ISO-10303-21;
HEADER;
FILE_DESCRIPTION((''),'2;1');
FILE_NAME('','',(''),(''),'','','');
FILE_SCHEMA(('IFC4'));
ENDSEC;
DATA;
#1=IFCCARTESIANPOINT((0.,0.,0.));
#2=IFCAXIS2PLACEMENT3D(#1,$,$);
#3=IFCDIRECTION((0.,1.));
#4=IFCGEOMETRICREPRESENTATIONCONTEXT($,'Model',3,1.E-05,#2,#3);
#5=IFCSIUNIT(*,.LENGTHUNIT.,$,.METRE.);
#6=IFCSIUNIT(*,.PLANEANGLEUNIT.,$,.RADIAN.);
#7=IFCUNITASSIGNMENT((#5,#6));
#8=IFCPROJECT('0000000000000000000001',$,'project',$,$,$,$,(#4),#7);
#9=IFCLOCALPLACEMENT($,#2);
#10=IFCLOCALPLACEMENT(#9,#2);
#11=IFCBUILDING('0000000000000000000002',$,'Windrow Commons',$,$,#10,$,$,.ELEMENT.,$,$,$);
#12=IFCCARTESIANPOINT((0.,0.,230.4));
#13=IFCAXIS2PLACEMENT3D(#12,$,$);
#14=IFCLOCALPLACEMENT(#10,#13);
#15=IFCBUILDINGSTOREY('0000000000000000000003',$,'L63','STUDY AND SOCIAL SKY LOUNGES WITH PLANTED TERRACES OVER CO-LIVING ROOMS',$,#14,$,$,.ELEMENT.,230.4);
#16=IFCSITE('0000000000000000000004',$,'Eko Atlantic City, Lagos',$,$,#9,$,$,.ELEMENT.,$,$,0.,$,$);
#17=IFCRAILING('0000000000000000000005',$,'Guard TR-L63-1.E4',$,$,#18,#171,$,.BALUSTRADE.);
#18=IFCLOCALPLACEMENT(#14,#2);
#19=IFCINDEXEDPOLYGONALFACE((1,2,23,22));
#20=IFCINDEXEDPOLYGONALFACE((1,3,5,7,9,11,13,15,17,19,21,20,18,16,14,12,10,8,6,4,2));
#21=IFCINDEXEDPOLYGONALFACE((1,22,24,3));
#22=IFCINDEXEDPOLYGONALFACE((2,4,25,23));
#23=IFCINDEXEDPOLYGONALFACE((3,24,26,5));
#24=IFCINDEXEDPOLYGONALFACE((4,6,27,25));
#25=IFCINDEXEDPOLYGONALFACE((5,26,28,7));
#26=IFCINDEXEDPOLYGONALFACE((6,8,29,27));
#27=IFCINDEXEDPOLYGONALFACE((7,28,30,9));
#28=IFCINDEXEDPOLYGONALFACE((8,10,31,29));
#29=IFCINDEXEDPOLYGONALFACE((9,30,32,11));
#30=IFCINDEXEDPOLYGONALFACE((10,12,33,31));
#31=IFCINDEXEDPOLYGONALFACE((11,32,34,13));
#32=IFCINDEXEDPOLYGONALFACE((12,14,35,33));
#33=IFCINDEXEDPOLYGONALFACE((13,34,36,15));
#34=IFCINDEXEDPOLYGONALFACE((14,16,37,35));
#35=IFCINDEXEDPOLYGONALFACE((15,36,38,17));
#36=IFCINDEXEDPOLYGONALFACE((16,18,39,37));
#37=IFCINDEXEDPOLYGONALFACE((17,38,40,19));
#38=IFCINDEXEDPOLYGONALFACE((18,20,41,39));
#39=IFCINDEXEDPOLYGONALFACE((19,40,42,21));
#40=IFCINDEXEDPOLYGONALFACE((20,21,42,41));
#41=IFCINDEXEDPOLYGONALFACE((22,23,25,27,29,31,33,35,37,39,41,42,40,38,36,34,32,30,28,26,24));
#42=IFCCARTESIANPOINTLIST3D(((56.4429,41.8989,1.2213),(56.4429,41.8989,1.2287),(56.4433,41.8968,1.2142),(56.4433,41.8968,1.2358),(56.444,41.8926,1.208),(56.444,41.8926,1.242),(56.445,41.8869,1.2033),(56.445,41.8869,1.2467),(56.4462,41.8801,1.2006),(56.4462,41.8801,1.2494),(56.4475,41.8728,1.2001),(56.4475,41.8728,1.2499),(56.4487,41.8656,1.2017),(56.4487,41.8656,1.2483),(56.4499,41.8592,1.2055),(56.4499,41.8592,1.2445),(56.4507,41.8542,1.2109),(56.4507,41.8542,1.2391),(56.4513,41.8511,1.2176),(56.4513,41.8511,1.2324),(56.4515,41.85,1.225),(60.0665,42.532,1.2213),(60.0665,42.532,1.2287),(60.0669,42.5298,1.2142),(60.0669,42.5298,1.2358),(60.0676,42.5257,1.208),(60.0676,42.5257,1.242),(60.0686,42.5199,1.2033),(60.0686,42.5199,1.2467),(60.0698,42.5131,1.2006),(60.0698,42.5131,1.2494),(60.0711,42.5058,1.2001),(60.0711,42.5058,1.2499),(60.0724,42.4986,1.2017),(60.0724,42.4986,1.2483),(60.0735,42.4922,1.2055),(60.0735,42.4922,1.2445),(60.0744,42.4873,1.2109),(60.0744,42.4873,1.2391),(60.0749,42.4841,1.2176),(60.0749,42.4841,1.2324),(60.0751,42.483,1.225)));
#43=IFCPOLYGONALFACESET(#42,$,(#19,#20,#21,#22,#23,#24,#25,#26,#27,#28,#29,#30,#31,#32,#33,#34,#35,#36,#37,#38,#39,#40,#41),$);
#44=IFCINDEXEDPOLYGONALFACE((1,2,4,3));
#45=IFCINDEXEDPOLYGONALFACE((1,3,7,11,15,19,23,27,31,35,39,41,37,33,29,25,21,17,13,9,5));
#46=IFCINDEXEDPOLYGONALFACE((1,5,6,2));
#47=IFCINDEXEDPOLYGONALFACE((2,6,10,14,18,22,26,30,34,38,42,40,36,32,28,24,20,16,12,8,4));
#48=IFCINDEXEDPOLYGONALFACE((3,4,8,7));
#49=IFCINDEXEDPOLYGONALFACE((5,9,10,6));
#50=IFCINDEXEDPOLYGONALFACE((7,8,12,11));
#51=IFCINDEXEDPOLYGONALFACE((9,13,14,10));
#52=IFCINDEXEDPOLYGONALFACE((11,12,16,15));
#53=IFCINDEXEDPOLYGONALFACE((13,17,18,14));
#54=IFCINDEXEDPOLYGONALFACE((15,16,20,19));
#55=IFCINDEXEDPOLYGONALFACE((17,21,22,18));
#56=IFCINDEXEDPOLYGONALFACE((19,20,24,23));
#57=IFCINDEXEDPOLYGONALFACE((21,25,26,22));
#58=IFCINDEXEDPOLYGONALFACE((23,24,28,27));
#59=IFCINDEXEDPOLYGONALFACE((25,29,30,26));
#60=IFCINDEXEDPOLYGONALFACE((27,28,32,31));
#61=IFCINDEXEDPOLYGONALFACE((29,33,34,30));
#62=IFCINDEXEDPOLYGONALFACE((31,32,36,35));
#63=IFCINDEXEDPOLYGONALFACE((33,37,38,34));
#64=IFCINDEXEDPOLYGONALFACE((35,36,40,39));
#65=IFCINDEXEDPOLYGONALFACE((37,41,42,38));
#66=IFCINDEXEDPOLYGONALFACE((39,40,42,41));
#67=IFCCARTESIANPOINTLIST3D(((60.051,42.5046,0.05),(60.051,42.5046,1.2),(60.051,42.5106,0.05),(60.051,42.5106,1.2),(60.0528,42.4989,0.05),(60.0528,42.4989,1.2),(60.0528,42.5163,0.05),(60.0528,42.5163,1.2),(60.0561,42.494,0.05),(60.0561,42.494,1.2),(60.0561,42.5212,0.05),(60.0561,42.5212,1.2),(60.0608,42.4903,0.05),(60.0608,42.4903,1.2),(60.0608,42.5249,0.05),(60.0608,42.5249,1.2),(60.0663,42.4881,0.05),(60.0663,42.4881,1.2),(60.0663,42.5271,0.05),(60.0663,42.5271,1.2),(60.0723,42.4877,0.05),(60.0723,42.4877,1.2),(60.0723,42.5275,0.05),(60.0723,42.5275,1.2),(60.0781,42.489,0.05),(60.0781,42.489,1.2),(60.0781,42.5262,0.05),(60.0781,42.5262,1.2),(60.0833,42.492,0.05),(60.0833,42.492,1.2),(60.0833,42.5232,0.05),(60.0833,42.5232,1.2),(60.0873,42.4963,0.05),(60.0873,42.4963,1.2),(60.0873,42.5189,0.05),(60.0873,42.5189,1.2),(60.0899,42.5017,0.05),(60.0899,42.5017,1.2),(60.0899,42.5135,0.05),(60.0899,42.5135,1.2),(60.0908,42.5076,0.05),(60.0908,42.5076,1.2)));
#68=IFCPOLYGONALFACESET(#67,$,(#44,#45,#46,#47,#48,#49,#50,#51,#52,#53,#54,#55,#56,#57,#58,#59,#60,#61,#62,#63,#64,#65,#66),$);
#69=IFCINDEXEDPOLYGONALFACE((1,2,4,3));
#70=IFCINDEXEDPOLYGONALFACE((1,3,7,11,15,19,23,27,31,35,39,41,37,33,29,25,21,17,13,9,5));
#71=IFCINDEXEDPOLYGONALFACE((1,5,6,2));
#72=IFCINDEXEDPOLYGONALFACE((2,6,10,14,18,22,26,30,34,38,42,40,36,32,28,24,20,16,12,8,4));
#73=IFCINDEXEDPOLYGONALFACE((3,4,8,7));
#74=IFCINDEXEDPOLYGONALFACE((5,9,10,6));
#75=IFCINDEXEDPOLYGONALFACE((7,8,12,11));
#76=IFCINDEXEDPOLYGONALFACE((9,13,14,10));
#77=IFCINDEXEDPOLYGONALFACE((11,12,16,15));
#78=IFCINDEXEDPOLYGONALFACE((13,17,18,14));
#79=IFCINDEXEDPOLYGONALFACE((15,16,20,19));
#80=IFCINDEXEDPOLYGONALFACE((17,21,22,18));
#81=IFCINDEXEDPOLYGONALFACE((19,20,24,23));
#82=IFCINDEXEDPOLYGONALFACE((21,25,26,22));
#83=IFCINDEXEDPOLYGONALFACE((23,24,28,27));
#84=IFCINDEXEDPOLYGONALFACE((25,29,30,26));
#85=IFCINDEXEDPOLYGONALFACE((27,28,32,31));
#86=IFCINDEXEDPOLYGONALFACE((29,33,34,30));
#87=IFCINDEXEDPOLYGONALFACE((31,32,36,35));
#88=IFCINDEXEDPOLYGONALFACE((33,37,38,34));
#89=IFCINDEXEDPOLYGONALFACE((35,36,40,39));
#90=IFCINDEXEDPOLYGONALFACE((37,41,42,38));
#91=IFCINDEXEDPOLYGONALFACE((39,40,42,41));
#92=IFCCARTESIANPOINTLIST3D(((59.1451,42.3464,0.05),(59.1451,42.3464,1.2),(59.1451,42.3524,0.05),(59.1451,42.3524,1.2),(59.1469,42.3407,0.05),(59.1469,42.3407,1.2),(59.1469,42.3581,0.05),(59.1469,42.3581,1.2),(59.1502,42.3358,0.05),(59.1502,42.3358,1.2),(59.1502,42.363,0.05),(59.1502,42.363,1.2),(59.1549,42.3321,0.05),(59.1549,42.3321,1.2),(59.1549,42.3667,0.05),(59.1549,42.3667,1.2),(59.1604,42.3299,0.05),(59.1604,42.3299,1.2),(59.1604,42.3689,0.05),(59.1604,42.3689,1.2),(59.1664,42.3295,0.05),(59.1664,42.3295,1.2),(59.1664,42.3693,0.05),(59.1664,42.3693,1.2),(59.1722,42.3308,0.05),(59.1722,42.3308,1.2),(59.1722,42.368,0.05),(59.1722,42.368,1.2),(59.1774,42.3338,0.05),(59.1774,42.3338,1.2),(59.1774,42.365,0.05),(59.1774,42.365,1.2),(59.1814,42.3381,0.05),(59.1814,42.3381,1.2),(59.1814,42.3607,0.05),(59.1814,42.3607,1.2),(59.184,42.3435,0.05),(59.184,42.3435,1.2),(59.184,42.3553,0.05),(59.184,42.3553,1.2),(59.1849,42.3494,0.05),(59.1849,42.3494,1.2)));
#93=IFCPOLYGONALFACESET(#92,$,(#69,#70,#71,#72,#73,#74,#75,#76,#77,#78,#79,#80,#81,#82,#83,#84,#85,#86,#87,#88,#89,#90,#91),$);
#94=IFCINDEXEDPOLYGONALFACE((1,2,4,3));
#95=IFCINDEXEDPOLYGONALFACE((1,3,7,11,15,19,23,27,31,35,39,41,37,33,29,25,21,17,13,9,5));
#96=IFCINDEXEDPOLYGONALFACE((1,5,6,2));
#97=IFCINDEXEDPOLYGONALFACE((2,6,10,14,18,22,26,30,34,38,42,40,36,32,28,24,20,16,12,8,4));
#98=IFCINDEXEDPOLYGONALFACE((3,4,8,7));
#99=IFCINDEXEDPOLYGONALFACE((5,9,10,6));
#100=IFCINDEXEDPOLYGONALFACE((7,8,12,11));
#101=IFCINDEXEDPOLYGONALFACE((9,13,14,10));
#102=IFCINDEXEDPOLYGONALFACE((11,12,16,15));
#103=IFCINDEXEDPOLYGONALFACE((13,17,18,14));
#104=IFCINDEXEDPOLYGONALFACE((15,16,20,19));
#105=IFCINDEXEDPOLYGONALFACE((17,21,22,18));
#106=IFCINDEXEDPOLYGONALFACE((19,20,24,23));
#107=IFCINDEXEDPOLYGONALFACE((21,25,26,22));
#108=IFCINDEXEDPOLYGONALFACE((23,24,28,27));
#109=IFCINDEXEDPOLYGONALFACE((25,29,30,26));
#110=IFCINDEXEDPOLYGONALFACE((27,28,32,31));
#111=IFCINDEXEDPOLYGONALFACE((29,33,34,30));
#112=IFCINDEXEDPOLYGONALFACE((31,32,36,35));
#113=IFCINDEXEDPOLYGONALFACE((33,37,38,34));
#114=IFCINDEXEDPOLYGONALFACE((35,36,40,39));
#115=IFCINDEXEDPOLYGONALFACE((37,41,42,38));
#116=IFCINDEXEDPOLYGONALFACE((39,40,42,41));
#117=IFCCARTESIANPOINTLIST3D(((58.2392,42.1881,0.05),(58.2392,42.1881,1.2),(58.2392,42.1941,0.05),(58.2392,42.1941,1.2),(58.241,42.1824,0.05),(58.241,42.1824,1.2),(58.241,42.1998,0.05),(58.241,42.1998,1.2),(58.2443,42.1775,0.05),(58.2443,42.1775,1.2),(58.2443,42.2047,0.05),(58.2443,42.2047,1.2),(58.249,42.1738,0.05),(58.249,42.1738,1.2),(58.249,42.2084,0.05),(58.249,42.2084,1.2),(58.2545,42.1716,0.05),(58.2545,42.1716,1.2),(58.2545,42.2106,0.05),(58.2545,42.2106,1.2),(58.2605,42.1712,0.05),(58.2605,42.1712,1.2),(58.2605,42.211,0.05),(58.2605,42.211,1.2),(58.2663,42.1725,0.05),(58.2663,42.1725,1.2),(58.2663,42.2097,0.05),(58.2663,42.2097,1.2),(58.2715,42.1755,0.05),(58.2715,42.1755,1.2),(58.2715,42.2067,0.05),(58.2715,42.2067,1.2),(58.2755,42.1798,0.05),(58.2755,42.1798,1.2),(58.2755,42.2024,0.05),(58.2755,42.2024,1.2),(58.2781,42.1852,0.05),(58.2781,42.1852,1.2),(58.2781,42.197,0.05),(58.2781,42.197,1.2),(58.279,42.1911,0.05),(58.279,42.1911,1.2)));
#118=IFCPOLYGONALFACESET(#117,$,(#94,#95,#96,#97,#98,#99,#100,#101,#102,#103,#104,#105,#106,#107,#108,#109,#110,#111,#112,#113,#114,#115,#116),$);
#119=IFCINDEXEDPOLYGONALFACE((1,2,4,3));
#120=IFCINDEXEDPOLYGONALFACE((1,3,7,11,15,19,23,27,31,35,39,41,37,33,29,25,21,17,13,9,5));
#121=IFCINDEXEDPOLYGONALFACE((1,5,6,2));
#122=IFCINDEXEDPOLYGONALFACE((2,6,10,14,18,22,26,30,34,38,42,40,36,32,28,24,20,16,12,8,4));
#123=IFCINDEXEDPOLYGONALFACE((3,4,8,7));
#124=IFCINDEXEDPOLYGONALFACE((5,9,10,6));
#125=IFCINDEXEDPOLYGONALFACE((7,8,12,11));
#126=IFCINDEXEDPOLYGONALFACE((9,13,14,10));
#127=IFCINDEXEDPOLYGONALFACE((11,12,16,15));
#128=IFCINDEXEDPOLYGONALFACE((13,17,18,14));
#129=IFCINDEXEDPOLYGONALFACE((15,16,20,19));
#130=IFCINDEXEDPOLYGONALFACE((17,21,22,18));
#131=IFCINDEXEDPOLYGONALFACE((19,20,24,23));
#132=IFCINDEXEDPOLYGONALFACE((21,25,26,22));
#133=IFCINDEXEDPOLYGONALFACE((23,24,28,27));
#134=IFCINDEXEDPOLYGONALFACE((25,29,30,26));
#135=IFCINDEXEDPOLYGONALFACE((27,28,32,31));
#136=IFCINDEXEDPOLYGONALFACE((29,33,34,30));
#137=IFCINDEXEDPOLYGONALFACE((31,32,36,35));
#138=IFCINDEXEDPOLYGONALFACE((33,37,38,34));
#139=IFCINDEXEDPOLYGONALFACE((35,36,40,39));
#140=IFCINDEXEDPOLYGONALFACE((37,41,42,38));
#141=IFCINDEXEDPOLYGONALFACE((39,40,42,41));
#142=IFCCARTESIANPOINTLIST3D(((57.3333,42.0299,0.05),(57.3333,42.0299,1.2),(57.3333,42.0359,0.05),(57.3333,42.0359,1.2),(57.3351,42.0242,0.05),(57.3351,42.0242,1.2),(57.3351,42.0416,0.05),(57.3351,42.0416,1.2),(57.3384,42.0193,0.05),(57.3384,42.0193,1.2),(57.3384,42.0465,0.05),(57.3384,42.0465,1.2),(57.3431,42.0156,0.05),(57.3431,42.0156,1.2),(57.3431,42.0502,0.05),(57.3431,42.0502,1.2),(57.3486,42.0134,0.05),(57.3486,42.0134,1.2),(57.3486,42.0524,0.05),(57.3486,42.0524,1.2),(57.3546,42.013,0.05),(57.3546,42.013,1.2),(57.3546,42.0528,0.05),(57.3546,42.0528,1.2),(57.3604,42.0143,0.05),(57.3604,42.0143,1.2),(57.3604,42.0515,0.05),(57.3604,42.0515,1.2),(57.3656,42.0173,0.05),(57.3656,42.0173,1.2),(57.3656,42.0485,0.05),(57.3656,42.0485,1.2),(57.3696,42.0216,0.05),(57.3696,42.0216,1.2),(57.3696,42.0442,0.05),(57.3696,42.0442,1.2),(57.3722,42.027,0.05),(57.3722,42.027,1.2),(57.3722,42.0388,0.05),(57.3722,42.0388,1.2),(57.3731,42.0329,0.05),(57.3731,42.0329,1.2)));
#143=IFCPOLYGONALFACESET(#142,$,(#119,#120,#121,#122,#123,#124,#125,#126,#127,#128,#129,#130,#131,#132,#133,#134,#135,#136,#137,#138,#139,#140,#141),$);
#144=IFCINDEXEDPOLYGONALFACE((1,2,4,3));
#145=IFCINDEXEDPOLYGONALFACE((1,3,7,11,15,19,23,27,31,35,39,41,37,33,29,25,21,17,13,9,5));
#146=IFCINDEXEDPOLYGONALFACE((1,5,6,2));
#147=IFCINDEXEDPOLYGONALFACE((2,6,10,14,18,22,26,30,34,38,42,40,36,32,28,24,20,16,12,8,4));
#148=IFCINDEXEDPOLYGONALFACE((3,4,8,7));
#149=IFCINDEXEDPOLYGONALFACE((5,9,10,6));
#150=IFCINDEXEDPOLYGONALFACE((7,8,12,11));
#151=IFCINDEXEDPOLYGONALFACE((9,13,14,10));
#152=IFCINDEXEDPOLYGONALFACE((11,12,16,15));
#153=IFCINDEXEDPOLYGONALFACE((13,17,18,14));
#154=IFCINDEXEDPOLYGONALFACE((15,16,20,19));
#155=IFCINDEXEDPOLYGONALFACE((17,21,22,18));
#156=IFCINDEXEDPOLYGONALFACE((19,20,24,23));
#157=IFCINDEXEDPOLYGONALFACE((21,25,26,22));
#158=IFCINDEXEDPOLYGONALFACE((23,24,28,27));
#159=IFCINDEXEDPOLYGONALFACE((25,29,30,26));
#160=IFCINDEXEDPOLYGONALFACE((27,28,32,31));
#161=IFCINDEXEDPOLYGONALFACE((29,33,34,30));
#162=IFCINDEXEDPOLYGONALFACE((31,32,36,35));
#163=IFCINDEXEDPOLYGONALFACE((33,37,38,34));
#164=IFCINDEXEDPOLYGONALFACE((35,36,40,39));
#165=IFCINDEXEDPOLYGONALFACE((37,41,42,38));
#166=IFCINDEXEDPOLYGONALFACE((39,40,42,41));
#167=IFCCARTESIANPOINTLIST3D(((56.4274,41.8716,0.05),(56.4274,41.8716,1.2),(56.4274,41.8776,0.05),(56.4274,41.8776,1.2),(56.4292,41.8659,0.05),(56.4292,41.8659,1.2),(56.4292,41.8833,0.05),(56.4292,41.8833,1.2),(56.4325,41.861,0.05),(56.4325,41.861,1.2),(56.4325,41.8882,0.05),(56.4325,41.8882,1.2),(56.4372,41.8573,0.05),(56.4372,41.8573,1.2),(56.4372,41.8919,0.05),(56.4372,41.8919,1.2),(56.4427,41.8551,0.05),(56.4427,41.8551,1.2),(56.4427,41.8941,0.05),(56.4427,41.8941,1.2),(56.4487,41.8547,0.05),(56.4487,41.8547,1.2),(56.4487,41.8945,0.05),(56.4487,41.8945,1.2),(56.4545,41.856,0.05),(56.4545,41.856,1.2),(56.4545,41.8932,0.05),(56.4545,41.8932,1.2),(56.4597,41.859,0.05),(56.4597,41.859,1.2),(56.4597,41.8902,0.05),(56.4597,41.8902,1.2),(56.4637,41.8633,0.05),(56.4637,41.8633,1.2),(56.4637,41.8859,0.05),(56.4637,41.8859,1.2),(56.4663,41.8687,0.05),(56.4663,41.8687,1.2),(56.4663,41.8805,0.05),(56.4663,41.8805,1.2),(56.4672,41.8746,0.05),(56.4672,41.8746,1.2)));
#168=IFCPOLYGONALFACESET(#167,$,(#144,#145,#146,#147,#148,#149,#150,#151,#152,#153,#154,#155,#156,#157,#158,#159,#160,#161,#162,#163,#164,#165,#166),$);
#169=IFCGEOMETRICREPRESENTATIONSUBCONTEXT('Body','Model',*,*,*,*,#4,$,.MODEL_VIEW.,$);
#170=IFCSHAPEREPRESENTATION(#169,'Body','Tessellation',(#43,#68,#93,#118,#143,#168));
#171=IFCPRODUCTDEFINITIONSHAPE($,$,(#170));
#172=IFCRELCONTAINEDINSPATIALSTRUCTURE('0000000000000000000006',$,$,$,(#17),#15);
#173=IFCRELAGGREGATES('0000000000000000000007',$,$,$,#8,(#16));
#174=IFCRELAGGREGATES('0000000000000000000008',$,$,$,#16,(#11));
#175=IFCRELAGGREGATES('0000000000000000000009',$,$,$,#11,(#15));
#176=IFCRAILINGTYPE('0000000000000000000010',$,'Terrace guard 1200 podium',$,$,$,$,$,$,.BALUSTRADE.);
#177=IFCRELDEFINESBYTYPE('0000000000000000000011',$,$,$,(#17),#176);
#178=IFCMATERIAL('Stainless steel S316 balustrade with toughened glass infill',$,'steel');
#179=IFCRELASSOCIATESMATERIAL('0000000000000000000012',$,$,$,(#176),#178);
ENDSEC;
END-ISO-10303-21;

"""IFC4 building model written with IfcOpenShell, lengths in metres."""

from ifc_helpers import new_model, si_unit, direction, frame, origin, origin_2d, place, context, subcontext, project, spatial, circle, extrude, material, type_object, element, save


model = new_model("IFC4")

# Units and contexts
model_context = context("Model", 3, precision=1e-05, world=origin(), true_north=direction((0.0, 1.0)))
body_context = subcontext(model_context, "Body", "Model", "MODEL_VIEW")
ifc_project = project(units=[si_unit("LENGTHUNIT", "METRE"), si_unit("PLANEANGLEUNIT", "RADIAN")], contexts=[model_context])

# Site, building, storey
site_placement = place(None, origin())
site = spatial("IfcSite", under=ifc_project, at=site_placement, Name="Eko Atlantic City, Lagos", CompositionType="ELEMENT", RefElevation=0.0)
building_placement = place(site_placement, origin())
building = spatial("IfcBuilding", under=site, at=building_placement, Name="Windrow Commons", CompositionType="ELEMENT")
storey_placement = place(building_placement, frame((0.0, 0.0, 230.4)))
storey = spatial("IfcBuildingStorey", under=building, at=storey_placement, Name="L63", Description="STUDY AND SOCIAL SKY LOUNGES WITH PLANTED TERRACES OVER CO-LIVING ROOMS", CompositionType="ELEMENT", Elevation=230.4)

# Railing
ifc_material_1 = material(Name="Stainless steel S316 balustrade with toughened glass infill", Category="steel")
railing_type = type_object("IfcRailingType", Name="Terrace guard 1200 podium", PredefinedType="BALUSTRADE", material=ifc_material_1)
railing_1_placement = place(storey_placement, frame((60.0708, 42.5076, 0.05)))
element("IfcRailing", 1, at=railing_1_placement, inside=storey, type_object=railing_type, Name="Guard TR-L63-1.E4", PredefinedType="BALUSTRADE", context=body_context, shape_type="SweptSolid", body=[
    extrude(circle(Radius=0.025, at=origin_2d()), frame((0.0, 0.0, 1.175), z_axis=(-0.985083, -0.172082, 0.0), x_axis=(0.172082, -0.985083, 0.0)), (0.0, 0.0, 1.0), 3.6785),
    extrude(circle(Radius=0.02, at=origin_2d()), origin(), (0.0, 0.0, 1.0), 1.15),
    extrude(circle(Radius=0.02, at=origin_2d()), frame((-0.9059, -0.1582, 0.0)), (0.0, 0.0, 1.0), 1.15),
    extrude(circle(Radius=0.02, at=origin_2d()), frame((-1.8118, -0.3165, 0.0)), (0.0, 0.0, 1.0), 1.15),
    extrude(circle(Radius=0.02, at=origin_2d()), frame((-2.7177, -0.4747, 0.0)), (0.0, 0.0, 1.0), 1.15),
    extrude(circle(Radius=0.02, at=origin_2d()), frame((-3.6236, -0.633, 0.0)), (0.0, 0.0, 1.0), 1.15),
])

save(model, "model.ifc")
